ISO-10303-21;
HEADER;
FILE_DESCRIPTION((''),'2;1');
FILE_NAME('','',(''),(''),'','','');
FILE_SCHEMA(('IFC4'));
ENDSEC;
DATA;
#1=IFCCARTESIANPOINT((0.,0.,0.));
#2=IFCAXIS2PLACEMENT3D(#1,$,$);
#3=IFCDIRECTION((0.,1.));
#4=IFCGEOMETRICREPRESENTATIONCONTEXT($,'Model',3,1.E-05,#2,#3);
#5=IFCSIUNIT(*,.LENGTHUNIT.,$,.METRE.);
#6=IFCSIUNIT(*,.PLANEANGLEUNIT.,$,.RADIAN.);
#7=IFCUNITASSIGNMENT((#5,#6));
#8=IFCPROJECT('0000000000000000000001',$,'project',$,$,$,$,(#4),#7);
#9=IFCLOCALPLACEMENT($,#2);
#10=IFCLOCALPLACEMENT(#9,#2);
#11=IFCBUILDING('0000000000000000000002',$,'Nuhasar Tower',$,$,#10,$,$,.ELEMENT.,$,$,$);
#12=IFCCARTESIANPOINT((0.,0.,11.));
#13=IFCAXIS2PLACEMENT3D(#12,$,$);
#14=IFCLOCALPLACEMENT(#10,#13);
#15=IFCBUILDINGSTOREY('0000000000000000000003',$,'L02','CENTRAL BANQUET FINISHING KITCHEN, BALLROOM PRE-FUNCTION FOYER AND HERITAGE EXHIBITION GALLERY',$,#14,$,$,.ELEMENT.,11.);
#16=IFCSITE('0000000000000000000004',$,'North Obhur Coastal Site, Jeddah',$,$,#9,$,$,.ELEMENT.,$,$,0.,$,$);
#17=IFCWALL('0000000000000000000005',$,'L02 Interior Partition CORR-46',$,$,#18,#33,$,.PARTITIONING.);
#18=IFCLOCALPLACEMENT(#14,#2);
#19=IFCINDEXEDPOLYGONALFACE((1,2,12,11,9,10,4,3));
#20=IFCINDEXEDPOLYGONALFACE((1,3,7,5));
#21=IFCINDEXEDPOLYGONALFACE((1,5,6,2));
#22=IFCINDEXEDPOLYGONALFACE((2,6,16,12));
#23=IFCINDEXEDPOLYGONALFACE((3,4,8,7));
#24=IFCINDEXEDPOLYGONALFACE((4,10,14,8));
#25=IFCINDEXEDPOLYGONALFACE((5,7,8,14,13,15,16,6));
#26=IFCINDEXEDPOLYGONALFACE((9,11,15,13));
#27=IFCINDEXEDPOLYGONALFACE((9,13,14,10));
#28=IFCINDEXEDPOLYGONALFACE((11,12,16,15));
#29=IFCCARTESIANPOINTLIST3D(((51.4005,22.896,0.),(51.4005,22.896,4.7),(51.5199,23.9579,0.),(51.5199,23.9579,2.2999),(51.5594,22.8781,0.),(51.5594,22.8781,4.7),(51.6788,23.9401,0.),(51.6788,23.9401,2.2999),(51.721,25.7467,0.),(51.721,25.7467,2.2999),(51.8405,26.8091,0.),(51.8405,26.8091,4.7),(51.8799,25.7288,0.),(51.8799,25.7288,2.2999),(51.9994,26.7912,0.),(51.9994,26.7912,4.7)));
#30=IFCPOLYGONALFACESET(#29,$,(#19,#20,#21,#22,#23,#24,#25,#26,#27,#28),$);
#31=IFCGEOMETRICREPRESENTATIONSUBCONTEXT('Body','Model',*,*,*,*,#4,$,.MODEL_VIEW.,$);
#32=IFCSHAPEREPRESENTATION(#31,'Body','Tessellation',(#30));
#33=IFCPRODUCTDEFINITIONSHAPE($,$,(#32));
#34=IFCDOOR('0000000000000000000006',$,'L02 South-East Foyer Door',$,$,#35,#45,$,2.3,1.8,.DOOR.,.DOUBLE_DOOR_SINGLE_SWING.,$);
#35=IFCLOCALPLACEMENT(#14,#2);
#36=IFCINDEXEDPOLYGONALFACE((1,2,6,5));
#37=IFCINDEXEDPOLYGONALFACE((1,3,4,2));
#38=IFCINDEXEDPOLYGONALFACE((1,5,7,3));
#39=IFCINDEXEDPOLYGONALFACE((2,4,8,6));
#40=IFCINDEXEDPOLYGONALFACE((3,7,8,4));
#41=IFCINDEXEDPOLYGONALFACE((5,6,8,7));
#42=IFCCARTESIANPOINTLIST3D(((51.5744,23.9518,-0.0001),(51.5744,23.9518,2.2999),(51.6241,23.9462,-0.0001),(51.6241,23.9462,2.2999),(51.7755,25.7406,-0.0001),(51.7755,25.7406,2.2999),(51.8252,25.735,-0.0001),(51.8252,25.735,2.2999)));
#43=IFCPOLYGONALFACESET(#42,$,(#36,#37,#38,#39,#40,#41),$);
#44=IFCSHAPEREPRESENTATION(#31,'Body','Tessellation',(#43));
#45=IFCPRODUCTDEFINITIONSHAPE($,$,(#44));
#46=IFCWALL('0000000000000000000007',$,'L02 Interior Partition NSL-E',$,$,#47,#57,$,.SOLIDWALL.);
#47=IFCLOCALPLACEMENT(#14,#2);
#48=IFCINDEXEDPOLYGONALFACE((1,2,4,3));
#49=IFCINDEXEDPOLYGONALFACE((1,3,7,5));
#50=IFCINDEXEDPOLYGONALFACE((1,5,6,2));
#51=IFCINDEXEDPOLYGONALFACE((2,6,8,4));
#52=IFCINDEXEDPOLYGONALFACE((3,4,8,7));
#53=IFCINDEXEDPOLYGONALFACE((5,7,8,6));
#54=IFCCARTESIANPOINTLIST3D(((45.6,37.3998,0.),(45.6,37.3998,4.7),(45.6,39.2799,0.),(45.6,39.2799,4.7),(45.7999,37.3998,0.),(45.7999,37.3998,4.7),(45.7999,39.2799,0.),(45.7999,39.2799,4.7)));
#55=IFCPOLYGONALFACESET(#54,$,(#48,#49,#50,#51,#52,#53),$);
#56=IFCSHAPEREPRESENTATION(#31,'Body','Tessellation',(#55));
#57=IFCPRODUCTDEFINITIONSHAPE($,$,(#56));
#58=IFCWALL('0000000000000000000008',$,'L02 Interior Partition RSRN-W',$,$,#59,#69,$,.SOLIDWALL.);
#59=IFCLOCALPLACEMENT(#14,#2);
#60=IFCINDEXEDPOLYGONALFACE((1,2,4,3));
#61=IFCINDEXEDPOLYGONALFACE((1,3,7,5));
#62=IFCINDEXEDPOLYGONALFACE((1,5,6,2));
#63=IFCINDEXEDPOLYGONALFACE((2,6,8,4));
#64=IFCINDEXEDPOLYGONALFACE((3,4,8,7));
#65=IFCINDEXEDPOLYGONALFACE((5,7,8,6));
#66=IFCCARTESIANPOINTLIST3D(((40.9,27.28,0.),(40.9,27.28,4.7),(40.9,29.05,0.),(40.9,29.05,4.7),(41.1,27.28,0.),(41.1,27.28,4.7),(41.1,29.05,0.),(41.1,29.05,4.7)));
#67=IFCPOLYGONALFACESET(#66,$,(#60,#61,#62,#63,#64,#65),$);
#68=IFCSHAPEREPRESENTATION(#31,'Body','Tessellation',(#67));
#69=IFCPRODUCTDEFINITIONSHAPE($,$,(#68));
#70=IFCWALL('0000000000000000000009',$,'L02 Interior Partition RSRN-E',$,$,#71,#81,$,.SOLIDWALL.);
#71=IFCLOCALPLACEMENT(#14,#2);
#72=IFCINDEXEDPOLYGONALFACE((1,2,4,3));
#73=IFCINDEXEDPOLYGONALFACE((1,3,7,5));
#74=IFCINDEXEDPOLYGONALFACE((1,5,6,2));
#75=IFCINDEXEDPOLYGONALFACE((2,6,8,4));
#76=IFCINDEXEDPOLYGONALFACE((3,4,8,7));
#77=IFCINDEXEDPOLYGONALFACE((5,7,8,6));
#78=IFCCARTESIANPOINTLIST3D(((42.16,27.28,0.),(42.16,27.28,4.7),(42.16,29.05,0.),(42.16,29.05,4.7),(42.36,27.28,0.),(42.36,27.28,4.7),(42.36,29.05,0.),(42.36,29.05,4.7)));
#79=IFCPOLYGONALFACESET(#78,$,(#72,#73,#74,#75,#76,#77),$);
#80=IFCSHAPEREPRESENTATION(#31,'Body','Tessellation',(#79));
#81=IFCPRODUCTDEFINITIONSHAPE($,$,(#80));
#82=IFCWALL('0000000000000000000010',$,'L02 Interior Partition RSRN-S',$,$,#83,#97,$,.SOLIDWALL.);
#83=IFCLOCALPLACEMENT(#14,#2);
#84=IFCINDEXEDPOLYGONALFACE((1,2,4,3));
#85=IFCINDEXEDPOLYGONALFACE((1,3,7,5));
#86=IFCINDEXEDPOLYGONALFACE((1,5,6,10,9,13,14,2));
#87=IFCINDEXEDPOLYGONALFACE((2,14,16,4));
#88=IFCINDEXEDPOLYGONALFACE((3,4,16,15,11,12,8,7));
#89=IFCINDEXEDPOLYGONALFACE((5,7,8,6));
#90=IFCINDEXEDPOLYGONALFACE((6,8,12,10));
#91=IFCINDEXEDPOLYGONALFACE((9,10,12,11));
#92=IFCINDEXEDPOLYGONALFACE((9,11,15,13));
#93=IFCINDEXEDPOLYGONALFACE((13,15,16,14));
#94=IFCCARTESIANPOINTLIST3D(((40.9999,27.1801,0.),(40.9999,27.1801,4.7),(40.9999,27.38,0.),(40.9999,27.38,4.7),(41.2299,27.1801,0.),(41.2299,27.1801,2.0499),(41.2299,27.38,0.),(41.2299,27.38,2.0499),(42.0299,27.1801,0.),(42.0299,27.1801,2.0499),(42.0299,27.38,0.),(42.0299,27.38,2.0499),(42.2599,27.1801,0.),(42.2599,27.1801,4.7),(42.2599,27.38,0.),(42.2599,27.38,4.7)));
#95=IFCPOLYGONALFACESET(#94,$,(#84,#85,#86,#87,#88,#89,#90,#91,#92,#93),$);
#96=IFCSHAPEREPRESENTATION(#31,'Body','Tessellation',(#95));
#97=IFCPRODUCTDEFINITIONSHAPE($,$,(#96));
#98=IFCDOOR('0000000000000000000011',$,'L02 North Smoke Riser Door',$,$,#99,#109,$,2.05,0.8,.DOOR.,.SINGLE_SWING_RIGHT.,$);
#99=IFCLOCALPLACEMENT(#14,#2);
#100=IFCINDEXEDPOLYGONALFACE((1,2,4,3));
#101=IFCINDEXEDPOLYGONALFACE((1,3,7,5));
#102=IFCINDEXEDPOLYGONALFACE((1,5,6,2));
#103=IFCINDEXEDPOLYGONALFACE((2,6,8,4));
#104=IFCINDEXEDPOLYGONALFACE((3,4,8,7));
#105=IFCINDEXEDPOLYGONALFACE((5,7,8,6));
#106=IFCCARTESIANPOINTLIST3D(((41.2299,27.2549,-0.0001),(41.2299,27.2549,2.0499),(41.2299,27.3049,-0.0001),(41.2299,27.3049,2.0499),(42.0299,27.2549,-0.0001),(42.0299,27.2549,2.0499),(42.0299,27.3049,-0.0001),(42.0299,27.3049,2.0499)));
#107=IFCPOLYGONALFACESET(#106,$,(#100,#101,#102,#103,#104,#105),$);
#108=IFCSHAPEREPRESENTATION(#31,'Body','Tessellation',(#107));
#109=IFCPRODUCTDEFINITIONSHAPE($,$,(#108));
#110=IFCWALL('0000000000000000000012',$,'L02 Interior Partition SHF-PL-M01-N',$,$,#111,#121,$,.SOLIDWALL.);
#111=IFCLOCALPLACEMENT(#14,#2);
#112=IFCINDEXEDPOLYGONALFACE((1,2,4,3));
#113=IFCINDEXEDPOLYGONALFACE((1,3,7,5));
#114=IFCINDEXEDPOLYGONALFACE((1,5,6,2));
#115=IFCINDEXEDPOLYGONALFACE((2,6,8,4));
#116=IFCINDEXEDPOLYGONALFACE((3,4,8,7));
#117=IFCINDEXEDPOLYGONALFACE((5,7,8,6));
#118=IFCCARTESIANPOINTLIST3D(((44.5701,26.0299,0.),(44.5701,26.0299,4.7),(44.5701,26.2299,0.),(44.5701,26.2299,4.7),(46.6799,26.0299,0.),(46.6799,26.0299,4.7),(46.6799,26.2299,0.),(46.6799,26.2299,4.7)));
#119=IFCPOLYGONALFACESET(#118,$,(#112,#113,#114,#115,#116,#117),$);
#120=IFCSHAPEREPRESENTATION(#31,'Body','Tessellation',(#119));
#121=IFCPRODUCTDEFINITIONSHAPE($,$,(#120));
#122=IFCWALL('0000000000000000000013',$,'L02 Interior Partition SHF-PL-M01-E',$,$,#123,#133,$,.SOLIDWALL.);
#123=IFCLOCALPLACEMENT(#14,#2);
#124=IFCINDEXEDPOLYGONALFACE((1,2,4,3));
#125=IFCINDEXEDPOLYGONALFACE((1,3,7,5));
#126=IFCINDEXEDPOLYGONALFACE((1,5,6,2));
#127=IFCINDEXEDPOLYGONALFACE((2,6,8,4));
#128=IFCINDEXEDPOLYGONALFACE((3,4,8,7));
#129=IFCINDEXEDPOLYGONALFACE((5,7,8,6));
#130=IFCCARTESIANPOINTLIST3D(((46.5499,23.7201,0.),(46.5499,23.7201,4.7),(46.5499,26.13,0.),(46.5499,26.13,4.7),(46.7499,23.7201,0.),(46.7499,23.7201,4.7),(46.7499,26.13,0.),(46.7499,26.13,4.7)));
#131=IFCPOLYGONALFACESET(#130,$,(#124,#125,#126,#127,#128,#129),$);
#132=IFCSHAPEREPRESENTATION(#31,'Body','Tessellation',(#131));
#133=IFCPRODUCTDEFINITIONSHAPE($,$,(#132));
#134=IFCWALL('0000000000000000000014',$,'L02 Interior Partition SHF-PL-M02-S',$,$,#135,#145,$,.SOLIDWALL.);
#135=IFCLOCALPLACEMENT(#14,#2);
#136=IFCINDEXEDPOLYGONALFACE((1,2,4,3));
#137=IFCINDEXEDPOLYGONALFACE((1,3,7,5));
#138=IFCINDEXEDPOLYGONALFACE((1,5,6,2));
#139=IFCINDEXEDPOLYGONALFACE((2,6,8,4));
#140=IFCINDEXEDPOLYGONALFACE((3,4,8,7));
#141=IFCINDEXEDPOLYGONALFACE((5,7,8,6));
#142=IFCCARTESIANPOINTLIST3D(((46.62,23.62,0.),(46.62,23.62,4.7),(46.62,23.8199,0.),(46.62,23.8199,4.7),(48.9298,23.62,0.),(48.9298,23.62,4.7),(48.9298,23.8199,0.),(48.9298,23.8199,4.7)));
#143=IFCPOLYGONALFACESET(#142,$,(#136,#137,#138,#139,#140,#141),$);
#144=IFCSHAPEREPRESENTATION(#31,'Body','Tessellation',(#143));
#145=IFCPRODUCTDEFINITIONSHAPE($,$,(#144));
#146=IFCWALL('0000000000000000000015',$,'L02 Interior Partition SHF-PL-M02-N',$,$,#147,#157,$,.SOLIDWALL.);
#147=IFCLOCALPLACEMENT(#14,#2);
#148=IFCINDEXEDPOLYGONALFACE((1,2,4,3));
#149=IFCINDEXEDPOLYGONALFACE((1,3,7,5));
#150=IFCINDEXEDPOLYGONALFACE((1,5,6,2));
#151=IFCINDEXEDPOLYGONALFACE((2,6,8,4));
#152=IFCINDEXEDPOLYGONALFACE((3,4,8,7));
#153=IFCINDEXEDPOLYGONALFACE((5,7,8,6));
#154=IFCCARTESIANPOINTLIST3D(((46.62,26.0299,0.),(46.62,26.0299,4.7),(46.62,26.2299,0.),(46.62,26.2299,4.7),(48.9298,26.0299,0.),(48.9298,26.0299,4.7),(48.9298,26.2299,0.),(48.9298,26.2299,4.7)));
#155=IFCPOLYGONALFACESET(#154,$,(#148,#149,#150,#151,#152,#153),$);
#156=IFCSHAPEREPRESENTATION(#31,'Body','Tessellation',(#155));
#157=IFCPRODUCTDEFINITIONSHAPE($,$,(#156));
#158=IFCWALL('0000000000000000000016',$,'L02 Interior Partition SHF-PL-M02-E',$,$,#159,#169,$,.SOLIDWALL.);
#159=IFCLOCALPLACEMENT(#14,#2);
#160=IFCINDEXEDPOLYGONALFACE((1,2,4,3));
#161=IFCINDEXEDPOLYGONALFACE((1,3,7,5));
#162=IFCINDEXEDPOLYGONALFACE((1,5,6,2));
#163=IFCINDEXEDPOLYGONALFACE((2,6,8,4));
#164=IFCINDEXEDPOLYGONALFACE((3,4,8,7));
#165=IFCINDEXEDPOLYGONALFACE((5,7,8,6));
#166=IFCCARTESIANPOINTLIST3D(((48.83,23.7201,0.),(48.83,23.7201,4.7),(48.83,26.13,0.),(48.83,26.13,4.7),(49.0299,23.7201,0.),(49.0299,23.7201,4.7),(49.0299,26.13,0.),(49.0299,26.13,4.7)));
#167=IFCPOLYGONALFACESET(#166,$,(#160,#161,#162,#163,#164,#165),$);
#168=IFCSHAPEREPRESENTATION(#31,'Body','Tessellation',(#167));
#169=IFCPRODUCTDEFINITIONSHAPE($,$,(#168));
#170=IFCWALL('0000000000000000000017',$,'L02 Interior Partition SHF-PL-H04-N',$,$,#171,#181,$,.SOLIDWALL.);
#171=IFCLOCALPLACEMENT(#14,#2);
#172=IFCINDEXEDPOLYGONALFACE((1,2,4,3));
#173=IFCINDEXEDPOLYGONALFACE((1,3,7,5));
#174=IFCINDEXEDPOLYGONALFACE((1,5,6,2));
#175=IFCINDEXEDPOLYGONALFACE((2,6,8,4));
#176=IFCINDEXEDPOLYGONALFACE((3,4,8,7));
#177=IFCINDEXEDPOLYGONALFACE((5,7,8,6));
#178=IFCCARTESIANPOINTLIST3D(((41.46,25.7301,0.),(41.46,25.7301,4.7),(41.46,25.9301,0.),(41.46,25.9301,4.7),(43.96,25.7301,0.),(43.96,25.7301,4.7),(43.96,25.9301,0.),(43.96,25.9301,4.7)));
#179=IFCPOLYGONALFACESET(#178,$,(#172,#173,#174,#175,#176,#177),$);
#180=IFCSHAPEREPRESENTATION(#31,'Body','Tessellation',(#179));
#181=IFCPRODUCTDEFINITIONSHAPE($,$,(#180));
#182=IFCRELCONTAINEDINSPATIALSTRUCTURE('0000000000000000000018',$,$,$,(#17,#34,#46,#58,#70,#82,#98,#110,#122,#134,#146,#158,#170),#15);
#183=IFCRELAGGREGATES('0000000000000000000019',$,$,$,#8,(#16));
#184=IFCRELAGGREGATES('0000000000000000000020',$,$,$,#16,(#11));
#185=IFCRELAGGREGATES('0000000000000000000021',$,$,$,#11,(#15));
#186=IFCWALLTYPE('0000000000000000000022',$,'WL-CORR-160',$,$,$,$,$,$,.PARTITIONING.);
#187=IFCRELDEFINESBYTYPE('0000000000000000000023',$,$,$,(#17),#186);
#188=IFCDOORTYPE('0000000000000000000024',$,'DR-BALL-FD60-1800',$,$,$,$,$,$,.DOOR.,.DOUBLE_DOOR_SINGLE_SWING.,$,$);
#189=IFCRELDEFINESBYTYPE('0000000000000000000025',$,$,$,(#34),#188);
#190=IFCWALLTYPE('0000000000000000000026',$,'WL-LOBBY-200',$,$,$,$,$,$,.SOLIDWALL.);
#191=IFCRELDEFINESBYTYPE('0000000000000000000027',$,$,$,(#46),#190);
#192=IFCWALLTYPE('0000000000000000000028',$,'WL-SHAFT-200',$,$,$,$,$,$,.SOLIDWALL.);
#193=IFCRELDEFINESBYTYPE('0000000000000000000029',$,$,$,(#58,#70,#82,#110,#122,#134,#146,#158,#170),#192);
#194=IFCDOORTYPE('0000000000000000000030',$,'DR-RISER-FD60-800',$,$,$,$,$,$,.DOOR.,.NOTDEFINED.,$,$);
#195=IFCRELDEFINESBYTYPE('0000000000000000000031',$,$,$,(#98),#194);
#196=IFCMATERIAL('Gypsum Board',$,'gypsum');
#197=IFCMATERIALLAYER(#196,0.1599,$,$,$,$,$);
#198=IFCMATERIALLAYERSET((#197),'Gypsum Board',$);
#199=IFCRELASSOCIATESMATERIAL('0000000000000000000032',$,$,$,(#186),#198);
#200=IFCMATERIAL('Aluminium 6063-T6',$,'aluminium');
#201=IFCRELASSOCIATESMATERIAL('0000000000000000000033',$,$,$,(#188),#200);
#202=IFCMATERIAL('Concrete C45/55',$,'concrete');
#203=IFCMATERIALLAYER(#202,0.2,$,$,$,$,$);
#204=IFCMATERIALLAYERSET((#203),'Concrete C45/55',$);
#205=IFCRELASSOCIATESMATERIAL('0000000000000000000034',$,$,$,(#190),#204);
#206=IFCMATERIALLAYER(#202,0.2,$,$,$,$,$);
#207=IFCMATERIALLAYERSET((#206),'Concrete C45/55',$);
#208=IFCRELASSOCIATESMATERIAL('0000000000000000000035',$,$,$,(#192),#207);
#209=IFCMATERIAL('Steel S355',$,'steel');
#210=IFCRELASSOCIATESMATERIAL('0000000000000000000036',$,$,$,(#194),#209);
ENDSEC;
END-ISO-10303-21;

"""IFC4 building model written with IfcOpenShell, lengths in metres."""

from ifc_helpers import new_model, si_unit, direction, frame, frame_2d, origin, place, context, subcontext, project, spatial, rectangle, extrude, material, layer, layer_set, type_object, element, fill, save


model = new_model("IFC4")

# Units and contexts
model_context = context("Model", 3, precision=1e-05, world=origin(), true_north=direction((0.0, 1.0)))
body_context = subcontext(model_context, "Body", "Model", "MODEL_VIEW")
ifc_project = project(units=[si_unit("LENGTHUNIT", "METRE"), si_unit("PLANEANGLEUNIT", "RADIAN")], contexts=[model_context])

# Site, building, storey
site_placement = place(None, origin())
site = spatial("IfcSite", under=ifc_project, at=site_placement, Name="North Obhur Coastal Site, Jeddah", CompositionType="ELEMENT", RefElevation=0.0)
building_placement = place(site_placement, origin())
building = spatial("IfcBuilding", under=site, at=building_placement, Name="Nuhasar Tower", CompositionType="ELEMENT")
storey_placement = place(building_placement, frame((0.0, 0.0, 11.0)))
storey = spatial("IfcBuildingStorey", under=building, at=storey_placement, Name="L02", Description="CENTRAL BANQUET FINISHING KITCHEN, BALLROOM PRE-FUNCTION FOYER AND HERITAGE EXHIBITION GALLERY", CompositionType="ELEMENT", Elevation=11.0)

# Shared definitions
ifc_material_1 = material(Name="Steel S355", Category="steel")

# Shared definitions
ifc_material_2 = material(Name="Gypsum Board", Category="gypsum")
ifc_layer_1 = layer(ifc_material_2, 0.1599)
ifc_layer_set_1 = layer_set([ifc_layer_1], Name="Gypsum Board")
wall_type_1 = type_object("IfcWallType", Name="WL-CORR-160", PredefinedType="PARTITIONING", material=ifc_layer_set_1)

# Shared definitions
ifc_material_3 = material(Name="Aluminium 6063-T6", Category="aluminium")
door_type_1 = type_object("IfcDoorType", Name="DR-BALL-FD60-1800", OperationType="DOUBLE_DOOR_SINGLE_SWING", PredefinedType="DOOR", material=ifc_material_3)

# Wall, opening, door
wall_1_placement = place(storey_placement, frame((51.9199, 26.8, 0.0), z_axis=(0.0, 0.0, 1.0), x_axis=(-0.111724, -0.993739, 0.0)))
wall_1 = element("IfcWall", 1, at=wall_1_placement, inside=storey, type_object=wall_type_1, Name="L02 Interior Partition CORR-46", PredefinedType="PARTITIONING", context=body_context, shape_type="SweptSolid", body=[
    extrude(rectangle(XDim=3.9377, YDim=0.1599, at=frame_2d((1.9688, 0.0))), origin(), (0.0, 0.0, 1.0), 4.7),
])
opening_1_placement = place(wall_1_placement, frame((1.0691, 0.0, 0.0)))
opening_1 = element("IfcOpeningElement", 2, at=opening_1_placement, cuts=wall_1, PredefinedType="OPENING", context=body_context, shape_type="SweptSolid", body=[
    extrude(rectangle(XDim=1.8, YDim=2.3, at=frame_2d((0.8999, 1.1499))), frame((0.0, 0.0898, 0.0), z_axis=(0.0, -1.0, 0.0), x_axis=(1.0, 0.0, 0.0)), (0.0, 0.0, 1.0), 0.1799),
])
door_1_placement = place(opening_1_placement, origin())
door_1 = element("IfcDoor", 3, at=door_1_placement, inside=storey, type_object=door_type_1, Name="L02 South-East Foyer Door", OperationType="DOUBLE_DOOR_SINGLE_SWING", OverallHeight=2.3, OverallWidth=1.8, PredefinedType="DOOR", context=body_context, shape_type="SweptSolid", body=[
    extrude(rectangle(XDim=1.8, YDim=2.3, at=frame_2d((0.8999, 1.1499))), frame((0.0, 0.0249, 0.0), z_axis=(0.0, -1.0, 0.0), x_axis=(1.0, 0.0, 0.0)), (0.0, 0.0, 1.0), 0.05),
])
fill(opening_1, door_1)

# Walls
ifc_material_4 = material(Name="Concrete C45/55", Category="concrete")
ifc_layer_2 = layer(ifc_material_4, 0.2)
ifc_layer_set_2 = layer_set([ifc_layer_2], Name="Concrete C45/55")
wall_type_2 = type_object("IfcWallType", Name="WL-LOBBY-200", PredefinedType="SOLIDWALL", material=ifc_layer_set_2)
wall_2_placement = place(storey_placement, frame((45.7, 37.3999, 0.0), z_axis=(0.0, 0.0, 1.0), x_axis=(0.0, 1.0, 0.0)))
element("IfcWall", 4, at=wall_2_placement, inside=storey, type_object=wall_type_2, Name="L02 Interior Partition NSL-E", PredefinedType="SOLIDWALL", context=body_context, shape_type="SweptSolid", body=[
    extrude(rectangle(XDim=1.8801, YDim=0.2, at=frame_2d((0.9399, 0.0))), origin(), (0.0, 0.0, 1.0), 4.7),
])
ifc_layer_3 = layer(ifc_material_4, 0.2)
ifc_layer_set_3 = layer_set([ifc_layer_3], Name="Concrete C45/55")
wall_type_3 = type_object("IfcWallType", Name="WL-SHAFT-200", PredefinedType="SOLIDWALL", material=ifc_layer_set_3)
for number, where, z_axis, x_axis, name in (
    (5, (41.0, 27.28, 0.0), (0.0, 0.0, 1.0), (0.0, 1.0, 0.0), "L02 Interior Partition RSRN-W"),
    (6, (42.26, 27.28, 0.0), (0.0, 0.0, 1.0), (0.0, 1.0, 0.0), "L02 Interior Partition RSRN-E"),
):
    element("IfcWall", number, at=place(storey_placement, frame(where, z_axis=z_axis, x_axis=x_axis)), inside=storey, type_object=wall_type_3, Name=name, PredefinedType="SOLIDWALL", context=body_context, shape_type="SweptSolid", body=[
        extrude(rectangle(XDim=1.77, YDim=0.2, at=frame_2d((0.885, 0.0))), origin(), (0.0, 0.0, 1.0), 4.7),
    ])

# Wall, opening, door
wall_3_placement = place(storey_placement, frame((41.0, 27.28, 0.0), z_axis=(0.0, 0.0, 1.0), x_axis=(1.0, 0.0, 0.0)))
wall_3 = element("IfcWall", 7, at=wall_3_placement, inside=storey, type_object=wall_type_3, Name="L02 Interior Partition RSRN-S", PredefinedType="SOLIDWALL", context=body_context, shape_type="SweptSolid", body=[
    extrude(rectangle(XDim=1.26, YDim=0.2, at=frame_2d((0.6299, 0.0))), origin(), (0.0, 0.0, 1.0), 4.7),
])
opening_2_placement = place(wall_3_placement, frame((0.23, 0.0, 0.0)))
opening_2 = element("IfcOpeningElement", 8, at=opening_2_placement, cuts=wall_3, PredefinedType="OPENING", context=body_context, shape_type="SweptSolid", body=[
    extrude(rectangle(XDim=0.8, YDim=2.05, at=frame_2d((0.3999, 1.0249))), frame((0.0, 0.1099, 0.0), z_axis=(0.0, -1.0, 0.0), x_axis=(1.0, 0.0, 0.0)), (0.0, 0.0, 1.0), 0.22),
])
door_type_2 = type_object("IfcDoorType", Name="DR-RISER-FD60-800", OperationType="NOTDEFINED", PredefinedType="DOOR", material=ifc_material_1)
door_2_placement = place(opening_2_placement, origin())
door_2 = element("IfcDoor", 9, at=door_2_placement, inside=storey, type_object=door_type_2, Name="L02 North Smoke Riser Door", OperationType="SINGLE_SWING_RIGHT", OverallHeight=2.05, OverallWidth=0.8, PredefinedType="DOOR", context=body_context, shape_type="SweptSolid", body=[
    extrude(rectangle(XDim=0.8, YDim=2.05, at=frame_2d((0.3999, 1.0249))), frame((0.0, 0.0249, 0.0), z_axis=(0.0, -1.0, 0.0), x_axis=(1.0, 0.0, 0.0)), (0.0, 0.0, 1.0), 0.05),
])
fill(opening_2, door_2)

# Walls
wall_4_placement = place(storey_placement, frame((44.5701, 26.1299, 0.0), z_axis=(0.0, 0.0, 1.0), x_axis=(1.0, 0.0, 0.0)))
element("IfcWall", 10, at=wall_4_placement, inside=storey, type_object=wall_type_3, Name="L02 Interior Partition SHF-PL-M01-N", PredefinedType="SOLIDWALL", context=body_context, shape_type="SweptSolid", body=[
    extrude(rectangle(XDim=2.1099, YDim=0.2, at=frame_2d((1.0549, 0.0))), origin(), (0.0, 0.0, 1.0), 4.7),
])
wall_5_placement = place(storey_placement, frame((46.6499, 23.72, 0.0), z_axis=(0.0, 0.0, 1.0), x_axis=(0.0, 1.0, 0.0)))
element("IfcWall", 11, at=wall_5_placement, inside=storey, type_object=wall_type_3, Name="L02 Interior Partition SHF-PL-M01-E", PredefinedType="SOLIDWALL", context=body_context, shape_type="SweptSolid", body=[
    extrude(rectangle(XDim=2.4099, YDim=0.2, at=frame_2d((1.2051, 0.0))), origin(), (0.0, 0.0, 1.0), 4.7),
])
for number, where, z_axis, x_axis, name in (
    (12, (46.6201, 23.72, 0.0), (0.0, 0.0, 1.0), (1.0, 0.0, 0.0), "L02 Interior Partition SHF-PL-M02-S"),
    (13, (46.6201, 26.1299, 0.0), (0.0, 0.0, 1.0), (1.0, 0.0, 0.0), "L02 Interior Partition SHF-PL-M02-N"),
):
    element("IfcWall", number, at=place(storey_placement, frame(where, z_axis=z_axis, x_axis=x_axis)), inside=storey, type_object=wall_type_3, Name=name, PredefinedType="SOLIDWALL", context=body_context, shape_type="SweptSolid", body=[
        extrude(rectangle(XDim=2.3098, YDim=0.2, at=frame_2d((1.1548, 0.0))), origin(), (0.0, 0.0, 1.0), 4.7),
    ])
wall_6_placement = place(storey_placement, frame((48.9299, 23.72, 0.0), z_axis=(0.0, 0.0, 1.0), x_axis=(0.0, 1.0, 0.0)))
element("IfcWall", 14, at=wall_6_placement, inside=storey, type_object=wall_type_3, Name="L02 Interior Partition SHF-PL-M02-E", PredefinedType="SOLIDWALL", context=body_context, shape_type="SweptSolid", body=[
    extrude(rectangle(XDim=2.4099, YDim=0.2, at=frame_2d((1.2051, 0.0))), origin(), (0.0, 0.0, 1.0), 4.7),
])
wall_7_placement = place(storey_placement, frame((41.46, 25.8301, 0.0), z_axis=(0.0, 0.0, 1.0), x_axis=(1.0, 0.0, 0.0)))
element("IfcWall", 15, at=wall_7_placement, inside=storey, type_object=wall_type_3, Name="L02 Interior Partition SHF-PL-H04-N", PredefinedType="SOLIDWALL", context=body_context, shape_type="SweptSolid", body=[
    extrude(rectangle(XDim=2.5, YDim=0.2, at=frame_2d((1.25, 0.0))), origin(), (0.0, 0.0, 1.0), 4.7),
])

save(model, "model.ifc")
